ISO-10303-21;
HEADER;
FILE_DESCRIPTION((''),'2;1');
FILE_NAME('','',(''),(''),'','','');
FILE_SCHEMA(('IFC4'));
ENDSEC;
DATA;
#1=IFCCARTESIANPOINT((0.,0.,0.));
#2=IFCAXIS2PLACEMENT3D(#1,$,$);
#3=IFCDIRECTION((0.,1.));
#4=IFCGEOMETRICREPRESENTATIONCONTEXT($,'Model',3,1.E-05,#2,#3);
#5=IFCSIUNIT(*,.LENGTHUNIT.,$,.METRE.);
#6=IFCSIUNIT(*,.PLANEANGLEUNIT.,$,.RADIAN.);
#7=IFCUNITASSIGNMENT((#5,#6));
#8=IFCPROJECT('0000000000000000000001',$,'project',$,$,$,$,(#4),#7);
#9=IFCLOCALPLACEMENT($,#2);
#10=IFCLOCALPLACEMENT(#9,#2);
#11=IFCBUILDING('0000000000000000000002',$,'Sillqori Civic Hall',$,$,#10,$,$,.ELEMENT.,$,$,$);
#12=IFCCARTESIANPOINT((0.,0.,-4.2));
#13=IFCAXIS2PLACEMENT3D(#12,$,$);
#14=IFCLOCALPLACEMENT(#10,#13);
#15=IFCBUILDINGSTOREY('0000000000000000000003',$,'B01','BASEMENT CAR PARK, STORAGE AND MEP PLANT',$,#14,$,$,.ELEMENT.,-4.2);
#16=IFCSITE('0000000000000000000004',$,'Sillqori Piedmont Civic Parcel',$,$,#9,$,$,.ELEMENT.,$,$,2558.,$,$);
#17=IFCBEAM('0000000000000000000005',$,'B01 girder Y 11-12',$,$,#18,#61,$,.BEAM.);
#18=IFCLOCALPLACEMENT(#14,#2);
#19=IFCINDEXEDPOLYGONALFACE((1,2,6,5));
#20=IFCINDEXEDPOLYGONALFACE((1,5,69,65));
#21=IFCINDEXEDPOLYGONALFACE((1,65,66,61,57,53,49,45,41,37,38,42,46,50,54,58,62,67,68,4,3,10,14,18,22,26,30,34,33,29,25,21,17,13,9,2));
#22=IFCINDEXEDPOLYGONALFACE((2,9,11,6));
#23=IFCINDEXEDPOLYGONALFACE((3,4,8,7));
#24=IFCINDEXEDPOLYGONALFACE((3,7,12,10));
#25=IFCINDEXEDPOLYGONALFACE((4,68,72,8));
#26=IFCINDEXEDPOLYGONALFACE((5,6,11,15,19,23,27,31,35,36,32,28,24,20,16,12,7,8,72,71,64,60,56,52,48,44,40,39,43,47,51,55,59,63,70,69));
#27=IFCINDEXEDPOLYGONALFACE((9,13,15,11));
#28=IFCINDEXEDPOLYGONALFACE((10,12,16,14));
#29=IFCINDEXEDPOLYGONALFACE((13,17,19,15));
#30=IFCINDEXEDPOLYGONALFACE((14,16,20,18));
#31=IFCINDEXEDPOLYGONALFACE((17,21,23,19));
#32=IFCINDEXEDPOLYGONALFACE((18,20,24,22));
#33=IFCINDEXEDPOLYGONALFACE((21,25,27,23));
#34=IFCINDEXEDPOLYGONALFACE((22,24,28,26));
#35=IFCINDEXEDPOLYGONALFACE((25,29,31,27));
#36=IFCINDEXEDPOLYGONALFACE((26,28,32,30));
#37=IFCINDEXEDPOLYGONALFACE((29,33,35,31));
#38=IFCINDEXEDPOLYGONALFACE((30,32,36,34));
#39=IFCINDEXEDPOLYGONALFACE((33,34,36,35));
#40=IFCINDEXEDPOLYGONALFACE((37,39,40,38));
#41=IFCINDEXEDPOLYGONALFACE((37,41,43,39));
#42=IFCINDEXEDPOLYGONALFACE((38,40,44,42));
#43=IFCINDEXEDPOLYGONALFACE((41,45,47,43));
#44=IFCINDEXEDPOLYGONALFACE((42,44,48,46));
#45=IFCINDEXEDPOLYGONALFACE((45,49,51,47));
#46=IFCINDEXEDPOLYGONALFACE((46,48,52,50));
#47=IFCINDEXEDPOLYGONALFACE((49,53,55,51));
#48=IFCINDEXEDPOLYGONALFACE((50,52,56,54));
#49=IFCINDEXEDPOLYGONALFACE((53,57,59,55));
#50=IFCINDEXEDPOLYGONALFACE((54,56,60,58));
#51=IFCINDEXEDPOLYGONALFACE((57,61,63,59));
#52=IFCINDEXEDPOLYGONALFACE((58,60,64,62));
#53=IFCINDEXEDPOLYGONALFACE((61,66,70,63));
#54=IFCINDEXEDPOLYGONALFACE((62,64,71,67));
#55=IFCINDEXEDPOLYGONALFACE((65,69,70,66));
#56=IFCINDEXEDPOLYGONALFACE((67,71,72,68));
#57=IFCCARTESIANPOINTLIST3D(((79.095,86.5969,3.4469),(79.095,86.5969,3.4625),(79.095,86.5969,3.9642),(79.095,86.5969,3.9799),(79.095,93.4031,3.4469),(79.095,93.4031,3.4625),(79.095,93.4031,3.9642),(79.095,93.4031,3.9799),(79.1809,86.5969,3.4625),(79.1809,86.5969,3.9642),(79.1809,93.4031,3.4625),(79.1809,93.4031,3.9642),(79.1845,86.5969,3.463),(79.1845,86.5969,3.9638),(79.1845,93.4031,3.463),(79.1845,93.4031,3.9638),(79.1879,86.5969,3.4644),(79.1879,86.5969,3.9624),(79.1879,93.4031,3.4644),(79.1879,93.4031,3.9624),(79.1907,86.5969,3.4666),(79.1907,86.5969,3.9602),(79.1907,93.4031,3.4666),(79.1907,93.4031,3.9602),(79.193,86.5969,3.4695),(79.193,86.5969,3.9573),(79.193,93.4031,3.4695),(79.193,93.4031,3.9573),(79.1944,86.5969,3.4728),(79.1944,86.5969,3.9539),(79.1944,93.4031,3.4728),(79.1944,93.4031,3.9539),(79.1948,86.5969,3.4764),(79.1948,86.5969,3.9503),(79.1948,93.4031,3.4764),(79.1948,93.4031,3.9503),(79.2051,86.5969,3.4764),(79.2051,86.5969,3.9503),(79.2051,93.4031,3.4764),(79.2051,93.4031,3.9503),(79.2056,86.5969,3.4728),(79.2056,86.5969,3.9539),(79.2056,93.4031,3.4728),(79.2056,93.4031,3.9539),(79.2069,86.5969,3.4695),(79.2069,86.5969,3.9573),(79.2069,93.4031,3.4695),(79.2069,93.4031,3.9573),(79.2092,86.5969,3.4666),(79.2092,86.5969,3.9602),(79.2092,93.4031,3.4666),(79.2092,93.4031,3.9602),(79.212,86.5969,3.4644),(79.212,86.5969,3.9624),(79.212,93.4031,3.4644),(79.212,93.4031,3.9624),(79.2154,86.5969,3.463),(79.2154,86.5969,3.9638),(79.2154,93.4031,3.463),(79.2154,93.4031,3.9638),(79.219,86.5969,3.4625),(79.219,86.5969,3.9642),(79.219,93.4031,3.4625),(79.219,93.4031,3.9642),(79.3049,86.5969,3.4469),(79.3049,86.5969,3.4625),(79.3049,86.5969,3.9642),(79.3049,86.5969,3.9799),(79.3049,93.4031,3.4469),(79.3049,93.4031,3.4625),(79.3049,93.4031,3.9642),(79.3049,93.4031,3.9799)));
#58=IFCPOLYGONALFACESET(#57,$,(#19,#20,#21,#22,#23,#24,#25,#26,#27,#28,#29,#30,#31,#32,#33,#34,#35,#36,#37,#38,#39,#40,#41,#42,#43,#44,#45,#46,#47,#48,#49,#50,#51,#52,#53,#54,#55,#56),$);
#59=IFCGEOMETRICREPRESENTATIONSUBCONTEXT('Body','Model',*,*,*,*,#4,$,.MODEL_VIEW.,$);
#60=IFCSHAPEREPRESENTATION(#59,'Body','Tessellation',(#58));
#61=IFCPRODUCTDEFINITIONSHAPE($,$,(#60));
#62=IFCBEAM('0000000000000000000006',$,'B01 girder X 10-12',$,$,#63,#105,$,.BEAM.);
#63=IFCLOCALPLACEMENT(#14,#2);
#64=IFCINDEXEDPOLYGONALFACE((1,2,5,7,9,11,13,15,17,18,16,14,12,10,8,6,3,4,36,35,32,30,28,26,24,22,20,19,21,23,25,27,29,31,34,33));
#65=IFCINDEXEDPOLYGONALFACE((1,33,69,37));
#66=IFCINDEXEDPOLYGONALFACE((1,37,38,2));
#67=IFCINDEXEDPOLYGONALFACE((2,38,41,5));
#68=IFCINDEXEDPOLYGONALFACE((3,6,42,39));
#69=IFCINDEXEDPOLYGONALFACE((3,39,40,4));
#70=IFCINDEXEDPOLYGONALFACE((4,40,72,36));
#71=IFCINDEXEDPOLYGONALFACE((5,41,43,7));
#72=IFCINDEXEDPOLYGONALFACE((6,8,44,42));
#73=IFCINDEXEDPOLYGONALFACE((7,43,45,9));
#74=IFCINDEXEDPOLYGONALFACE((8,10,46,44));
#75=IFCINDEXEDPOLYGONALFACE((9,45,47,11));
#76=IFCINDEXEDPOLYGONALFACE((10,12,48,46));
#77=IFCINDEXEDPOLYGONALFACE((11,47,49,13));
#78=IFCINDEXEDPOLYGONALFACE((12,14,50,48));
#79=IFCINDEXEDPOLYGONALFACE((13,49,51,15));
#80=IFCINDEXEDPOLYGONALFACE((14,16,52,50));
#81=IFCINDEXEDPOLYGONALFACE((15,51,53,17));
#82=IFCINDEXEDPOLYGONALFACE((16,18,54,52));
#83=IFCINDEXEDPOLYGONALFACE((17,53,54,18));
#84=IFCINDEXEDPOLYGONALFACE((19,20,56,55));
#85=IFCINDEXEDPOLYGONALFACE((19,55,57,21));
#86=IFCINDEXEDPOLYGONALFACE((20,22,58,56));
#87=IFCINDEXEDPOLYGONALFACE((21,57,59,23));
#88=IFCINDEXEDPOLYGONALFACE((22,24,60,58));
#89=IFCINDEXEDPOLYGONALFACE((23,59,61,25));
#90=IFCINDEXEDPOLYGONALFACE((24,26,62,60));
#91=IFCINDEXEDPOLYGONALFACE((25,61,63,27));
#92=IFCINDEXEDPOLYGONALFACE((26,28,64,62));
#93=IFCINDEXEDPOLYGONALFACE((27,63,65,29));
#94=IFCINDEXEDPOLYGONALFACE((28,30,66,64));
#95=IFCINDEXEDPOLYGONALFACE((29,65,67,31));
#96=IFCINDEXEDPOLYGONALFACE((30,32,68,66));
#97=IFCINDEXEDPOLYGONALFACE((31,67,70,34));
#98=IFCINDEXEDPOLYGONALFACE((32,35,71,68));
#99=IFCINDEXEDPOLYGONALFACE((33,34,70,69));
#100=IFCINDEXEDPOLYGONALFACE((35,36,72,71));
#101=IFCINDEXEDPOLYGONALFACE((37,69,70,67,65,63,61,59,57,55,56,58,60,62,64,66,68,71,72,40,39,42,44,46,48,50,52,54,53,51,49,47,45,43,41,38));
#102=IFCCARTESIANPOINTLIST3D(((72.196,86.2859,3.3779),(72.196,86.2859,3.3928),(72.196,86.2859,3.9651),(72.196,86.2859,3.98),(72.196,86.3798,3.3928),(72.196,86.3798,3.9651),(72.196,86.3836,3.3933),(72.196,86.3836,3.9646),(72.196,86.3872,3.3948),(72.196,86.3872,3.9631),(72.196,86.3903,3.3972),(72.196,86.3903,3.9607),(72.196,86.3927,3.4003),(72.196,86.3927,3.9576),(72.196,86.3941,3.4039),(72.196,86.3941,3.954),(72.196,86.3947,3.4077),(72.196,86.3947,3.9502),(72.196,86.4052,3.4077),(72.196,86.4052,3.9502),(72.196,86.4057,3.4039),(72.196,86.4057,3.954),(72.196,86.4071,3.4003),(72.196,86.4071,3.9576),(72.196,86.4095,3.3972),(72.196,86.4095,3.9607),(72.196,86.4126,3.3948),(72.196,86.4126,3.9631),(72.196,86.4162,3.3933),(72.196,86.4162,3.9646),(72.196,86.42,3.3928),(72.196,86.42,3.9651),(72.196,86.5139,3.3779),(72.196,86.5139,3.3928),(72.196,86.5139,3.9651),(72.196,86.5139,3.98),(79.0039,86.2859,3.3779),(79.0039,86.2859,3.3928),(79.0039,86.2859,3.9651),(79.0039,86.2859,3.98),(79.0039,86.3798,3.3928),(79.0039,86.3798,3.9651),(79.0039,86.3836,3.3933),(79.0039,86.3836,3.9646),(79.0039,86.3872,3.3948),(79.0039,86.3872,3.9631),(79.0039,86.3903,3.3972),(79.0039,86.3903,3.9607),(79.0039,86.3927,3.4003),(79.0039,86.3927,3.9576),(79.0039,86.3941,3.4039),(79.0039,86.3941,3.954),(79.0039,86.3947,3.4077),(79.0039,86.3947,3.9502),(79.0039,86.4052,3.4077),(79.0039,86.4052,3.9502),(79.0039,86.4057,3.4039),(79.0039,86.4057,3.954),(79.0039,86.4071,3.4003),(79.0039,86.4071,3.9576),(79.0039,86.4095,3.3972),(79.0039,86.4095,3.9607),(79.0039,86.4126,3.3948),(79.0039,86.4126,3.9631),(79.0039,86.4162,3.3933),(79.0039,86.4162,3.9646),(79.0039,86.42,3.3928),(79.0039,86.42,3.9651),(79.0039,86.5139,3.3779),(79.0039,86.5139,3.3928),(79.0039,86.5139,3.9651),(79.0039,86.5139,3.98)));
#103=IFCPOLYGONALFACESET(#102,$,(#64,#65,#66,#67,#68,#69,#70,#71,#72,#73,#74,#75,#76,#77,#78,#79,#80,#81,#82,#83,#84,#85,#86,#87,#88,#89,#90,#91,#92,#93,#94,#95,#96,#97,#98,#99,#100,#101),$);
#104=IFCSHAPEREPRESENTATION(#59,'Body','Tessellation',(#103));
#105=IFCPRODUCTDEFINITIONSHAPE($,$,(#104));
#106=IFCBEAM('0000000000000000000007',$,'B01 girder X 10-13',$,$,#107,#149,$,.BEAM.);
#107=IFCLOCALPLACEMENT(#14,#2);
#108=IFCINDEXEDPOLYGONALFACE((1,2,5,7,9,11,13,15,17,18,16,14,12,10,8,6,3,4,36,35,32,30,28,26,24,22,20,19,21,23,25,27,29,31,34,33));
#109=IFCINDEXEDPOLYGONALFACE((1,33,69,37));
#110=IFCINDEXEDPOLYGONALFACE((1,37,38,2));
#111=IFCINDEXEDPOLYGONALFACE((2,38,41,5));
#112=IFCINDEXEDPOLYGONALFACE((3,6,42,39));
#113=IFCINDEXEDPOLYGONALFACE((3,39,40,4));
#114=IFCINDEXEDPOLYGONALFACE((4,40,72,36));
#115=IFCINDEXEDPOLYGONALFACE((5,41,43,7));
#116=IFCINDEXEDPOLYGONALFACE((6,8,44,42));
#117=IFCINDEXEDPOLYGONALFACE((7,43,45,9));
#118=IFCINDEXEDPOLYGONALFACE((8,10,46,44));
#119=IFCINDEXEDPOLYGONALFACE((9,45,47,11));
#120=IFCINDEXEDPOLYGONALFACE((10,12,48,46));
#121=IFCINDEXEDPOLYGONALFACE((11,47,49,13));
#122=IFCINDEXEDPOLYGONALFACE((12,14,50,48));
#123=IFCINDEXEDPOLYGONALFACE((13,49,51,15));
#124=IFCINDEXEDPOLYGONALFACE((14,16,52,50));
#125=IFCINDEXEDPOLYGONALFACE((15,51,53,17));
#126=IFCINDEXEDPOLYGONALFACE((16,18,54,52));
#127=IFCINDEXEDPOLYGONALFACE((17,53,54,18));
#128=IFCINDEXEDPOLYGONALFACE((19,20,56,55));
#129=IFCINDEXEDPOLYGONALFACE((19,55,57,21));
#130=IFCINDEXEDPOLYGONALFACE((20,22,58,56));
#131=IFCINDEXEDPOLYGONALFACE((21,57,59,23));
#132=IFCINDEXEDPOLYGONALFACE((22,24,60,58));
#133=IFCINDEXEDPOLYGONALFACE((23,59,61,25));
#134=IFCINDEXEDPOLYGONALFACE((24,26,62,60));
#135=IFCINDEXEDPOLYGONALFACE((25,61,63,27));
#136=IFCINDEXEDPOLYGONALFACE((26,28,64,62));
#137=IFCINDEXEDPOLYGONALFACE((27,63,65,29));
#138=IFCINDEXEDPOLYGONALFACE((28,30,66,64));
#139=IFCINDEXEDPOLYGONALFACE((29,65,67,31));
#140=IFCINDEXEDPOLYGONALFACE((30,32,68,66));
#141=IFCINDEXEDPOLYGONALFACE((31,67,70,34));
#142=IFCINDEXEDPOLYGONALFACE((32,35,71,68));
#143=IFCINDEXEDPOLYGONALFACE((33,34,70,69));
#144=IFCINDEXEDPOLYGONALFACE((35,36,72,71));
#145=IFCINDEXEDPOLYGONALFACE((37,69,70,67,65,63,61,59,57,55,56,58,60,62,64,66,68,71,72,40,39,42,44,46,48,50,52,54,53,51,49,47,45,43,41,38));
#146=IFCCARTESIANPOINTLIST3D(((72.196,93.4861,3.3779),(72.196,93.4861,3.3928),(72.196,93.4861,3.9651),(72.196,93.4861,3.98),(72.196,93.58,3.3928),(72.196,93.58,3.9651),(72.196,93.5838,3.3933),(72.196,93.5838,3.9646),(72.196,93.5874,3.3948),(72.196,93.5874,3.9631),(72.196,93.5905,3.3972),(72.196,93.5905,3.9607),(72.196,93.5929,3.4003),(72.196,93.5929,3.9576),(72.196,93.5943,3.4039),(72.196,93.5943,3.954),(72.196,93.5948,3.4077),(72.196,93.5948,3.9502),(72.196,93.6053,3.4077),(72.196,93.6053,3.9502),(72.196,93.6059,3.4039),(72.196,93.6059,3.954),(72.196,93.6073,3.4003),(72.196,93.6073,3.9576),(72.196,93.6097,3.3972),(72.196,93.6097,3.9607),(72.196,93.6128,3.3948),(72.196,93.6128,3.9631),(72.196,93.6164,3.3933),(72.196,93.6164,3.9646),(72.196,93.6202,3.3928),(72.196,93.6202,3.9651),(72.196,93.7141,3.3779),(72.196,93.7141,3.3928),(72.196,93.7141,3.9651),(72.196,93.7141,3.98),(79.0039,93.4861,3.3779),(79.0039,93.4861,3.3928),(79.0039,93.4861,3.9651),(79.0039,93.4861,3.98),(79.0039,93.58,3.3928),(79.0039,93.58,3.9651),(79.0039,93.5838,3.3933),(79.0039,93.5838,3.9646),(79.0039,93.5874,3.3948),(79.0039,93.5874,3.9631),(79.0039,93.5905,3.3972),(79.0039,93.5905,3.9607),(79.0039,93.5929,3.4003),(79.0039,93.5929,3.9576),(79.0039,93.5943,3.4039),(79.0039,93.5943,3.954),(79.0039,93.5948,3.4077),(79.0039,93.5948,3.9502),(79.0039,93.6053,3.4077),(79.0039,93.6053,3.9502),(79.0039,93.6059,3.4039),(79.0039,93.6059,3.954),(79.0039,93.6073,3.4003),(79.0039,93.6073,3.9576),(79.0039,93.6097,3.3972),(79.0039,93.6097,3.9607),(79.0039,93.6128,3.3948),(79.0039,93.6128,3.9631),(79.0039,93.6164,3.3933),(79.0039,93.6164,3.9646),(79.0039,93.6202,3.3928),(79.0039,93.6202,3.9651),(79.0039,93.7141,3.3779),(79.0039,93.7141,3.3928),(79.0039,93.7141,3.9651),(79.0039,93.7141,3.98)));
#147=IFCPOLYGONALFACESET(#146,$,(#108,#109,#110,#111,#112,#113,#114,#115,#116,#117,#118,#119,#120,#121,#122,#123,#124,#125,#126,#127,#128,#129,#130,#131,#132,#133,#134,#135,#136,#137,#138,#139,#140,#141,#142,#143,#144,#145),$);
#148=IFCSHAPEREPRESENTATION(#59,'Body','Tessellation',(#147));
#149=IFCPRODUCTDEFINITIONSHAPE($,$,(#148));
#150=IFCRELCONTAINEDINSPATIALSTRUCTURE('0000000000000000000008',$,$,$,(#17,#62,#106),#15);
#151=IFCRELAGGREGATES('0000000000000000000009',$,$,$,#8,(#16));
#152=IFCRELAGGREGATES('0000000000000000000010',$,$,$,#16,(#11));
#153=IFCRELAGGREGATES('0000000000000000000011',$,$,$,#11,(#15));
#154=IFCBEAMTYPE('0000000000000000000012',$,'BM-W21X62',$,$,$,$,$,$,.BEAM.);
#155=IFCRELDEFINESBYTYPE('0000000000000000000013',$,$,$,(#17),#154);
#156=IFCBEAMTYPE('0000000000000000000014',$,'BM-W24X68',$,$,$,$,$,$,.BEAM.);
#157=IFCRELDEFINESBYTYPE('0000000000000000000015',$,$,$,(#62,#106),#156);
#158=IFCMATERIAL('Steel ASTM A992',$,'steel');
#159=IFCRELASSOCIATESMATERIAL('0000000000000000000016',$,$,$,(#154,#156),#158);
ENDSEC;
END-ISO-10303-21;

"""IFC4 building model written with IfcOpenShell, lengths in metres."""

from ifc_helpers import new_model, si_unit, direction, frame, origin, origin_2d, place, context, subcontext, project, spatial, i_section, extrude, material, material_profile, profile_set, type_object, element, save


model = new_model("IFC4")

# Units and contexts
model_context = context("Model", 3, precision=1e-05, world=origin(), true_north=direction((0.0, 1.0)))
body_context = subcontext(model_context, "Body", "Model", "MODEL_VIEW")
ifc_project = project(units=[si_unit("LENGTHUNIT", "METRE"), si_unit("PLANEANGLEUNIT", "RADIAN")], contexts=[model_context])

# Site, building, storey
site_placement = place(None, origin())
site = spatial("IfcSite", under=ifc_project, at=site_placement, Name="Sillqori Piedmont Civic Parcel", CompositionType="ELEMENT", RefElevation=2558.0)
building_placement = place(site_placement, origin())
building = spatial("IfcBuilding", under=site, at=building_placement, Name="Sillqori Civic Hall", CompositionType="ELEMENT")
storey_placement = place(building_placement, frame((0.0, 0.0, -4.2)))
storey = spatial("IfcBuildingStorey", under=building, at=storey_placement, Name="B01", Description="BASEMENT CAR PARK, STORAGE AND MEP PLANT", CompositionType="ELEMENT", Elevation=-4.2)

# Shared definitions
ifc_material_1 = material(Name="Steel ASTM A992", Category="steel")

# Beams
ifc_material_profile_1 = material_profile(ifc_material_1, i_section(OverallWidth=0.21, OverallDepth=0.533, WebThickness=0.0103, FlangeThickness=0.0156, FilletRadius=0.0139, at=origin_2d()), Name="W21X62")
ifc_profile_set_1 = profile_set([ifc_material_profile_1], Name="Steel ASTM A992")
beam_type_1 = type_object("IfcBeamType", Name="BM-W21X62", PredefinedType="BEAM", material=ifc_profile_set_1)
for number, where, z_axis, x_axis, name in (
    (1, (79.2, 86.5969, 3.7134), (0.0, 1.0, 0.0), (-1.0, 0.0, 0.0), "B01 girder Y 11-12"),
):
    element("IfcBeam", number, at=place(storey_placement, frame(where, z_axis=z_axis, x_axis=x_axis)), inside=storey, type_object=beam_type_1, Name=name, PredefinedType="BEAM", context=body_context, shape_type="SweptSolid", body=[
        extrude(i_section(OverallWidth=0.21, OverallDepth=0.533, WebThickness=0.0103, FlangeThickness=0.0156, FilletRadius=0.0139, at=origin_2d()), origin(), (0.0, 0.0, 1.0), 6.8062),
    ])
ifc_material_profile_2 = material_profile(ifc_material_1, i_section(OverallWidth=0.228, OverallDepth=0.6021, WebThickness=0.0105, FlangeThickness=0.0149, FilletRadius=0.0149, at=origin_2d()), Name="W24X68")
ifc_profile_set_2 = profile_set([ifc_material_profile_2], Name="Steel ASTM A992")
beam_type_2 = type_object("IfcBeamType", Name="BM-W24X68", PredefinedType="BEAM", material=ifc_profile_set_2)
for number, where, z_axis, x_axis, name in (
    (2, (72.196, 86.3999, 3.679), (1.0, 0.0, 0.0), (0.0, 1.0, 0.0), "B01 girder X 10-12"),
    (3, (72.196, 93.6001, 3.679), (1.0, 0.0, 0.0), (0.0, 1.0, 0.0), "B01 girder X 10-13"),
):
    element("IfcBeam", number, at=place(storey_placement, frame(where, z_axis=z_axis, x_axis=x_axis)), inside=storey, type_object=beam_type_2, Name=name, PredefinedType="BEAM", context=body_context, shape_type="SweptSolid", body=[
        extrude(i_section(OverallWidth=0.228, OverallDepth=0.6021, WebThickness=0.0105, FlangeThickness=0.0149, FilletRadius=0.0149, at=origin_2d()), origin(), (0.0, 0.0, 1.0), 6.8079),
    ])

save(model, "model.ifc")
